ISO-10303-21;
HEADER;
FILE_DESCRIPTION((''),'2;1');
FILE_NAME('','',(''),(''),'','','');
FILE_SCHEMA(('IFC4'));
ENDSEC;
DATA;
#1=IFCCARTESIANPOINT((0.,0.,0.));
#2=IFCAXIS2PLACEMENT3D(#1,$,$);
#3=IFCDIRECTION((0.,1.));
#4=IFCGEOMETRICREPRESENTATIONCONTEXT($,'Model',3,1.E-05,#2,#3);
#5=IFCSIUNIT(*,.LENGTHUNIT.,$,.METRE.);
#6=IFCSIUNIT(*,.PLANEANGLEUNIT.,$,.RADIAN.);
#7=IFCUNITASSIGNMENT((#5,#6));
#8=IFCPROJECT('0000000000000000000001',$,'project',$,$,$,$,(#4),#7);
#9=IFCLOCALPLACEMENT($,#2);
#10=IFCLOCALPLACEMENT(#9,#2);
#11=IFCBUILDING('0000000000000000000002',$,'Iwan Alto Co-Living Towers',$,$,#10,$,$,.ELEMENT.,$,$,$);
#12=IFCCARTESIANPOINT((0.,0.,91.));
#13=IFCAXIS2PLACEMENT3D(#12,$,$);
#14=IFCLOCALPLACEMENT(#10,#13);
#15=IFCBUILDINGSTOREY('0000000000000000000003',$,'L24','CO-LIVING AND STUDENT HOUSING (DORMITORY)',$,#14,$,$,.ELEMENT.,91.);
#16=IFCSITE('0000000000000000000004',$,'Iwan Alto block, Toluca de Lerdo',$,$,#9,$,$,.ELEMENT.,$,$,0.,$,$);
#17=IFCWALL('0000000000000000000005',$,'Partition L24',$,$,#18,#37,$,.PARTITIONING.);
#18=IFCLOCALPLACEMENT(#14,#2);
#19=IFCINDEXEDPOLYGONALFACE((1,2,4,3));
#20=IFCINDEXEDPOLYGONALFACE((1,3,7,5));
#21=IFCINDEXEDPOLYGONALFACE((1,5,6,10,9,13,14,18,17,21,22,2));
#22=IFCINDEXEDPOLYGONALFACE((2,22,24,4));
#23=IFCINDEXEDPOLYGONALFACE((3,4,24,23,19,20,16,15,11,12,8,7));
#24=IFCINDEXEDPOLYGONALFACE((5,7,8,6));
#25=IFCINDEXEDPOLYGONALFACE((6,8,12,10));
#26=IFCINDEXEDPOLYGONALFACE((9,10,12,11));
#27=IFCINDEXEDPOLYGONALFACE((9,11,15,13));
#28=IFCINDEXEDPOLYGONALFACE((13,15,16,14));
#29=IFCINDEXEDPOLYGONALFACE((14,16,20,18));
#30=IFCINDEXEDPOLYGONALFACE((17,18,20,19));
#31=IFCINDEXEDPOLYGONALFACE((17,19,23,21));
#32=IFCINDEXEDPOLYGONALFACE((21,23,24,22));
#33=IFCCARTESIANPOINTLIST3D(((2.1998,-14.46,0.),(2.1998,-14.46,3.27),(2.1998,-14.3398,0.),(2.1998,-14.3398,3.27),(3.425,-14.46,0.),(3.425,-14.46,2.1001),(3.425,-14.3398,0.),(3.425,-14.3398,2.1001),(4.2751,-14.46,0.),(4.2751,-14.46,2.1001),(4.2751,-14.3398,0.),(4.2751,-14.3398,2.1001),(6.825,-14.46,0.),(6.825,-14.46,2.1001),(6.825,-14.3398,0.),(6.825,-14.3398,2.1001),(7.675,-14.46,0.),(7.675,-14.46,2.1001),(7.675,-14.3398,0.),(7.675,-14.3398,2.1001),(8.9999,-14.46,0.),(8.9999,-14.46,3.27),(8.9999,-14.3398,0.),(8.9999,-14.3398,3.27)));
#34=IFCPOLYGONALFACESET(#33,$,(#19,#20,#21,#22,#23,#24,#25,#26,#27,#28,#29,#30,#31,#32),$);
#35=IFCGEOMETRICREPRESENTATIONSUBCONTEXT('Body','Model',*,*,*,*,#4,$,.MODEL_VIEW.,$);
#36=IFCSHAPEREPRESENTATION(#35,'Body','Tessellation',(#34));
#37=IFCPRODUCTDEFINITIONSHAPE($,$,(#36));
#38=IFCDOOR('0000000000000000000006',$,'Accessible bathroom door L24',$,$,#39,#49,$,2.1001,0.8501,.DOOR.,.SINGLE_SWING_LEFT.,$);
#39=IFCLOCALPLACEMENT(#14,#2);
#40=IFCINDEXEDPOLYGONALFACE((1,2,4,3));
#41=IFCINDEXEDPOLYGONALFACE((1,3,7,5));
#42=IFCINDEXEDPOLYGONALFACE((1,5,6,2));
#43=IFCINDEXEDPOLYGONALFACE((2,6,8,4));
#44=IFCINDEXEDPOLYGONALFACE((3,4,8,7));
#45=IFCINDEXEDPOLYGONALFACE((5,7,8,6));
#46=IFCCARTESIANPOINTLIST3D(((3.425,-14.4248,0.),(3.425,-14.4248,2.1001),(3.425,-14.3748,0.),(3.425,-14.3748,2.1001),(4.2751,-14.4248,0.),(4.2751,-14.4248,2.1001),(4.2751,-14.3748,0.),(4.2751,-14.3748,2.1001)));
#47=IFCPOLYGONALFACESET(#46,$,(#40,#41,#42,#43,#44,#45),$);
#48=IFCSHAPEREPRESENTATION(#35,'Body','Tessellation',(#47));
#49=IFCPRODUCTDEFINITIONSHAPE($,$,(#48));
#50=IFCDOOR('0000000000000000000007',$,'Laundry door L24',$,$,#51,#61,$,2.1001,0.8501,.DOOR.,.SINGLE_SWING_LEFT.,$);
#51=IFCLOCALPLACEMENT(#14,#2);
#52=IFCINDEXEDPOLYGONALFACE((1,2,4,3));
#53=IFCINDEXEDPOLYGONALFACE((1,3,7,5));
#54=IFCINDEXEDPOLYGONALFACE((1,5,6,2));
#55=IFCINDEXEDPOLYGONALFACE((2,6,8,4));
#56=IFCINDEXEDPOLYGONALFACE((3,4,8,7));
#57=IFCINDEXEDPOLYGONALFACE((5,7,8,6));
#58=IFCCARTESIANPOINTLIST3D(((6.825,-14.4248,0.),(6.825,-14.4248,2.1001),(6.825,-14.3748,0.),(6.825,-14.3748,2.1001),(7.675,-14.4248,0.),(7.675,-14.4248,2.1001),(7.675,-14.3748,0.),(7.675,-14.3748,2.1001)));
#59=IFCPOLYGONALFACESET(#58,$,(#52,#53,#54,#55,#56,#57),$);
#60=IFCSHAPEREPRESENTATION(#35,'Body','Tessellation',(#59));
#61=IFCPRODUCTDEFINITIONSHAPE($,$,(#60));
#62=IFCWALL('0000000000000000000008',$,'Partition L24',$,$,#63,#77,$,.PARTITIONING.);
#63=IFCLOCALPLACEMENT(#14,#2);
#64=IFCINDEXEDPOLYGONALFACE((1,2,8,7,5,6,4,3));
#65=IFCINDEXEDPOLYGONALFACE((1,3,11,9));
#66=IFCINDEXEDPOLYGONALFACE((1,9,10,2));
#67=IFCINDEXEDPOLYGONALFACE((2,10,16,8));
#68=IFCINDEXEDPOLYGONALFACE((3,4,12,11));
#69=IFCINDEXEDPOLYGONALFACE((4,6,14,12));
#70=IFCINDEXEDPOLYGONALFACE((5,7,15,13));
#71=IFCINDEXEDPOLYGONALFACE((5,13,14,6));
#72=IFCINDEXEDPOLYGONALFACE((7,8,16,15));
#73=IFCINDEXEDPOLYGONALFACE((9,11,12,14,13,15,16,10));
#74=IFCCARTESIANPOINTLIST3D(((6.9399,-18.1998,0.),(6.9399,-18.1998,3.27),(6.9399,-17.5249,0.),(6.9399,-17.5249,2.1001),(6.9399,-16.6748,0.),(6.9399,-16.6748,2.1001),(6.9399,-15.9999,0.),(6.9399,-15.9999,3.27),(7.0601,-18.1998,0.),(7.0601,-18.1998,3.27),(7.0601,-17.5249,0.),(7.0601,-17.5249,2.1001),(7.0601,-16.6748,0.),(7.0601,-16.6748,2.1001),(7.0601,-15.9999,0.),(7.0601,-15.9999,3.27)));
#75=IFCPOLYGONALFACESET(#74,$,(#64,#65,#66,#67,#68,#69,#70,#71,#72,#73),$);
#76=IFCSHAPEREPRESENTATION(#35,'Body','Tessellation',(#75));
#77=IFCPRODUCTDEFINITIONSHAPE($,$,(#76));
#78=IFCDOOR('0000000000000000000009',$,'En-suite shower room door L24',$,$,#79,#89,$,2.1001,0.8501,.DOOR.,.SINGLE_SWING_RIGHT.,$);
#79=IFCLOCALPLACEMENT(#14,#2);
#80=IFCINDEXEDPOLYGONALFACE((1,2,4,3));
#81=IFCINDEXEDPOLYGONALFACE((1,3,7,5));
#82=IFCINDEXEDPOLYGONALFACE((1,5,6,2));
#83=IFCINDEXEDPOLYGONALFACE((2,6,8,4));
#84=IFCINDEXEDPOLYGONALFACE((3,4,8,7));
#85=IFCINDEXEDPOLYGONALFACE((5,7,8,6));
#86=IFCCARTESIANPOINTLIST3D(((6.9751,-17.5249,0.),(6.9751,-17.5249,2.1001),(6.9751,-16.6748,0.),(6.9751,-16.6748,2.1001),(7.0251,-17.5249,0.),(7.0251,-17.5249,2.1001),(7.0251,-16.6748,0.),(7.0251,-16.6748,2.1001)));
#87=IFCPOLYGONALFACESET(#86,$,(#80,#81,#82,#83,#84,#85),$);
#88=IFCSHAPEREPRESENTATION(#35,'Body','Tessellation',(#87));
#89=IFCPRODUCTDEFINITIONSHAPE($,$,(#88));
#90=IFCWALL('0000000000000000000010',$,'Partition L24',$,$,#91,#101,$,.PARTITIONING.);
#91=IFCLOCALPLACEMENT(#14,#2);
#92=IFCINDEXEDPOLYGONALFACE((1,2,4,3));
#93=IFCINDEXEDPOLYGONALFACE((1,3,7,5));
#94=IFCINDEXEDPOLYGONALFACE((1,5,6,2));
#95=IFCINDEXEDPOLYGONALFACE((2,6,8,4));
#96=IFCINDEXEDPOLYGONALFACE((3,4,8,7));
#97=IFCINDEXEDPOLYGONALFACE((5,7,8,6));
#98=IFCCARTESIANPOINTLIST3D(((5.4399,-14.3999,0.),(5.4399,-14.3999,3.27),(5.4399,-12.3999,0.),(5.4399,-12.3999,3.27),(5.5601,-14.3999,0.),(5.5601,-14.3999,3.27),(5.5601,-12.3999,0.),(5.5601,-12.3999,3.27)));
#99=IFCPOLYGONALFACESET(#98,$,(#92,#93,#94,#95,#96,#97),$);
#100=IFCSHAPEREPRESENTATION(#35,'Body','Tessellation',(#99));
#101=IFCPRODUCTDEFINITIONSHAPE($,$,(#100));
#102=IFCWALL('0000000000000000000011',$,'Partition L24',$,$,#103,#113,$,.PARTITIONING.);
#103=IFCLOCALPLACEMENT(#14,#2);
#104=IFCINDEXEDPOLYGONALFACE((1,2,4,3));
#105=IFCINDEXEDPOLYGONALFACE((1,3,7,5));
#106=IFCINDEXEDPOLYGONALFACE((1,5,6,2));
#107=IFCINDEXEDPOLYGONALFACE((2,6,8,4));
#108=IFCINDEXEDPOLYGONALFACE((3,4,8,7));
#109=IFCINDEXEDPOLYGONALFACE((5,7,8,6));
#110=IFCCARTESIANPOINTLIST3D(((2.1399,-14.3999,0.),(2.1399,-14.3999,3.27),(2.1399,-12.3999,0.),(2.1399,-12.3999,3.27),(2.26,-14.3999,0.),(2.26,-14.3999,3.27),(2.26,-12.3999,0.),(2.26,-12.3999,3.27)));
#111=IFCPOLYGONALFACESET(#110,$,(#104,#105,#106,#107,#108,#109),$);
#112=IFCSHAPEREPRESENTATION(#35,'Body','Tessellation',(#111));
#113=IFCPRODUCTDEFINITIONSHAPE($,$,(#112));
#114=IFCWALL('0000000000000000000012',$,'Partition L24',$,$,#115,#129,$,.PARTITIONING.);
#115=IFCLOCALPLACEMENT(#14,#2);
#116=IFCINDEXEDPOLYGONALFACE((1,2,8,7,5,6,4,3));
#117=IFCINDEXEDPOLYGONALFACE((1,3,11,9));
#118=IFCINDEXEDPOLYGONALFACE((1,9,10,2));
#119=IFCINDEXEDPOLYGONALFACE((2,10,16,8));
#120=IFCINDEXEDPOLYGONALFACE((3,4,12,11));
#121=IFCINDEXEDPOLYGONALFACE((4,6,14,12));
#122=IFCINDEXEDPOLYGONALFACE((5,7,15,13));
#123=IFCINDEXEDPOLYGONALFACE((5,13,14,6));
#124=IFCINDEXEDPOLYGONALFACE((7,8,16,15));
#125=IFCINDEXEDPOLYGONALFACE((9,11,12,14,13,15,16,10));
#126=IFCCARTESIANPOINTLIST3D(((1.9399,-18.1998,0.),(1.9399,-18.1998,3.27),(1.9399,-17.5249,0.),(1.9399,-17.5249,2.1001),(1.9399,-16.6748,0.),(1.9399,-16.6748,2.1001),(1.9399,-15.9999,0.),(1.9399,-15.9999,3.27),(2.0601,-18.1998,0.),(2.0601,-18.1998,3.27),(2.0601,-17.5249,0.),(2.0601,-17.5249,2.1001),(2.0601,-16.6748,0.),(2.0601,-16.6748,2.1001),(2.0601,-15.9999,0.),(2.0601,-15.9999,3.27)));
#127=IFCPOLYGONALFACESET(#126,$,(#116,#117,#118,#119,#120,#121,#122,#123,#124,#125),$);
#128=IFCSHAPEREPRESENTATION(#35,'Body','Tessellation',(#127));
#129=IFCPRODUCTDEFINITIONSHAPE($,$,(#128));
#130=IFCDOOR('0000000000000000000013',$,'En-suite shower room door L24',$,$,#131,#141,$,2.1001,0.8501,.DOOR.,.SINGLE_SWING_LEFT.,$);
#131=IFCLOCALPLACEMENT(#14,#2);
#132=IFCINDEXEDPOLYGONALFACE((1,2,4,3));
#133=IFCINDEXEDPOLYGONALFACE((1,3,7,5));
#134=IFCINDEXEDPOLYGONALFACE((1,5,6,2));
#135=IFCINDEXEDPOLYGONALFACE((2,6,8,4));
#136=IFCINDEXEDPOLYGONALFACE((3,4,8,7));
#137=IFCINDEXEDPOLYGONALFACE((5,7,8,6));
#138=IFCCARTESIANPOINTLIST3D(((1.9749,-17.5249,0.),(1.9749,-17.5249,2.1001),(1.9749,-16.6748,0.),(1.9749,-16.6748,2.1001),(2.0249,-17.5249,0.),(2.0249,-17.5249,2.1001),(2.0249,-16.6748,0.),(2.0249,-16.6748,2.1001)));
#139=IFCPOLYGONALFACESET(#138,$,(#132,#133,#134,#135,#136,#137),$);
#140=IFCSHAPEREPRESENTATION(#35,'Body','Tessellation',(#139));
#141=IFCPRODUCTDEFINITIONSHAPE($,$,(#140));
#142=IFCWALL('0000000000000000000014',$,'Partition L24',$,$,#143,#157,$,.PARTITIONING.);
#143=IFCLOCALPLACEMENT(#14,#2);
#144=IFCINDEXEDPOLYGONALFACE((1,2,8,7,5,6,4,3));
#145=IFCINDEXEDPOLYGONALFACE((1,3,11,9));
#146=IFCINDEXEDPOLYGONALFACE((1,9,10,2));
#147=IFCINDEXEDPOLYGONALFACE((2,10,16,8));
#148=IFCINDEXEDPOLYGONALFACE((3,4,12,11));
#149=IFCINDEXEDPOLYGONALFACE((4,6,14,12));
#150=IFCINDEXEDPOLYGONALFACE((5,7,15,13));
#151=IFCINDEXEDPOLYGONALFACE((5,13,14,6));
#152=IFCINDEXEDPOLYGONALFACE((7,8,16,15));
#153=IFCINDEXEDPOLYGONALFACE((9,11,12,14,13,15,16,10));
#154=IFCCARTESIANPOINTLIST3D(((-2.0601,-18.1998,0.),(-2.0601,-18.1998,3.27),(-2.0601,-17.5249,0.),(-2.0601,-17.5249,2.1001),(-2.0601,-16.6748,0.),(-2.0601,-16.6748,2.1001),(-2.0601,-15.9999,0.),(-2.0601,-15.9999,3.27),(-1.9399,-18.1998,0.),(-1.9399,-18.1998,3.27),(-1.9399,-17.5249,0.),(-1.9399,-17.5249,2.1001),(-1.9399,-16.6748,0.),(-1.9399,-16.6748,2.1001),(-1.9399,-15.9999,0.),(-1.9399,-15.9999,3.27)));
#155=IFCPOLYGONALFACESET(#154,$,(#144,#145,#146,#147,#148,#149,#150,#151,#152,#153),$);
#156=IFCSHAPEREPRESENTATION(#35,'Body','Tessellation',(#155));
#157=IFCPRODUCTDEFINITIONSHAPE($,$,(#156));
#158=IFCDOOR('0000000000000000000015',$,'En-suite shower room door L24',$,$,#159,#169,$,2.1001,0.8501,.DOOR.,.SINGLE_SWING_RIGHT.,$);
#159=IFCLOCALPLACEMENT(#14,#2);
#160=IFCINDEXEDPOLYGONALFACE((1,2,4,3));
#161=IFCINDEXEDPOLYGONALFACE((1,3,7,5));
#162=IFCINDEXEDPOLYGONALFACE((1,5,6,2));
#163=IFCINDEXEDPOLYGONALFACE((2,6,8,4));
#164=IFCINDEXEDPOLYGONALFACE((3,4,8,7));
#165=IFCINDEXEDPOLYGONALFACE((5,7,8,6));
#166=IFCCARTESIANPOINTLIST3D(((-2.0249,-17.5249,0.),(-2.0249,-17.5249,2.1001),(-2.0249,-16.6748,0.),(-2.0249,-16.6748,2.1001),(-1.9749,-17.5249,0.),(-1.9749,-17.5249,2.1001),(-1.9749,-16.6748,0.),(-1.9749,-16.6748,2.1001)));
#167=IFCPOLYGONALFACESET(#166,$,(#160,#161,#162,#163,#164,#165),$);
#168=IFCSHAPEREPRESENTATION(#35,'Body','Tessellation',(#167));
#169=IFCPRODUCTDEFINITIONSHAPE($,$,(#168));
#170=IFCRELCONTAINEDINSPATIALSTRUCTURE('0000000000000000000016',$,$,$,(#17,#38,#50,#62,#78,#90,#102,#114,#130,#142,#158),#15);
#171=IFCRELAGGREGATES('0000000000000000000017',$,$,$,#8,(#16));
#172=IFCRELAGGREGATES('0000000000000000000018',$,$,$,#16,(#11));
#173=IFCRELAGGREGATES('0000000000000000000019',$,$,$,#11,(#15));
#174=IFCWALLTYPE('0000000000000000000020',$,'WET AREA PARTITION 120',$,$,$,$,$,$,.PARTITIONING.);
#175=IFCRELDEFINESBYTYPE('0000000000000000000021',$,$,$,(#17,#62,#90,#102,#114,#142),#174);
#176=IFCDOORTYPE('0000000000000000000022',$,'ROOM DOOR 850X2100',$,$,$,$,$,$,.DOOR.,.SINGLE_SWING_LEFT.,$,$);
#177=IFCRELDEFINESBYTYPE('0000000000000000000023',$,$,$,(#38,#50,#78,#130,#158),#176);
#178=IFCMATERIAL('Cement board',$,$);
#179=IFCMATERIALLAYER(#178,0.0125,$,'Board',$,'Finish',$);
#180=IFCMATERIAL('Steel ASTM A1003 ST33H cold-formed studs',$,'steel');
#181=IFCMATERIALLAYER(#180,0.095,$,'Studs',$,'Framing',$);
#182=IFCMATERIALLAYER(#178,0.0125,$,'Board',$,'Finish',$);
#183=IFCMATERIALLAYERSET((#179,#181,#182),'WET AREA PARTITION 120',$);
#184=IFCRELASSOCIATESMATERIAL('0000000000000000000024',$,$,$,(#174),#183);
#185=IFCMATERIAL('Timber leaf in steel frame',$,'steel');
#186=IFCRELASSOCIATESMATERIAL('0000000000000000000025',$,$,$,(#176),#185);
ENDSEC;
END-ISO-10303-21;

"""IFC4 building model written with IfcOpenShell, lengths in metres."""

from ifc_helpers import new_model, si_unit, direction, frame, frame_2d, origin, place, context, subcontext, project, spatial, rectangle, extrude, material, layer, layer_set, type_object, element, fill, save


model = new_model("IFC4")

# Units and contexts
model_context = context("Model", 3, precision=1e-05, world=origin(), true_north=direction((0.0, 1.0)))
body_context = subcontext(model_context, "Body", "Model", "MODEL_VIEW")
ifc_project = project(units=[si_unit("LENGTHUNIT", "METRE"), si_unit("PLANEANGLEUNIT", "RADIAN")], contexts=[model_context])

# Site, building, storey
site_placement = place(None, origin())
site = spatial("IfcSite", under=ifc_project, at=site_placement, Name="Iwan Alto block, Toluca de Lerdo", CompositionType="ELEMENT", RefElevation=0.0)
building_placement = place(site_placement, origin())
building = spatial("IfcBuilding", under=site, at=building_placement, Name="Iwan Alto Co-Living Towers", CompositionType="ELEMENT")
storey_placement = place(building_placement, frame((0.0, 0.0, 91.0)))
storey = spatial("IfcBuildingStorey", under=building, at=storey_placement, Name="L24", Description="CO-LIVING AND STUDENT HOUSING (DORMITORY)", CompositionType="ELEMENT", Elevation=91.0)

# Shared definitions
ifc_material_1 = material(Name="Steel ASTM A1003 ST33H cold-formed studs", Category="steel")

# Shared definitions
ifc_material_2 = material(Name="Cement board")
ifc_layer_1 = layer(ifc_material_2, 0.0125, Name="Board", Category="Finish")
ifc_layer_2 = layer(ifc_material_1, 0.095, Name="Studs", Category="Framing")
ifc_layer_3 = layer(ifc_material_2, 0.0125, Name="Board", Category="Finish")
ifc_layer_set_1 = layer_set([ifc_layer_1, ifc_layer_2, ifc_layer_3], Name="WET AREA PARTITION 120")
wall_type_1 = type_object("IfcWallType", Name="WET AREA PARTITION 120", PredefinedType="PARTITIONING", material=ifc_layer_set_1)

# Wall, openings, doors
wall_1_placement = place(storey_placement, frame((2.2, -14.3999, 0.0), z_axis=(0.0, 0.0, 1.0), x_axis=(1.0, 0.0, 0.0)))
wall_1 = element("IfcWall", 1, at=wall_1_placement, inside=storey, type_object=wall_type_1, Name="Partition L24", PredefinedType="PARTITIONING", context=body_context, shape_type="SweptSolid", body=[
    extrude(rectangle(XDim=6.8, YDim=0.1201, at=frame_2d((3.3999, 0.0))), origin(), (0.0, 0.0, 1.0), 3.27),
])
opening_1_placement = place(wall_1_placement, frame((1.2251, 0.0, 0.0)))
opening_1 = element("IfcOpeningElement", 2, at=opening_1_placement, cuts=wall_1, PredefinedType="OPENING", context=body_context, shape_type="SweptSolid", body=[
    extrude(rectangle(XDim=0.8501, YDim=2.1001, at=frame_2d((0.425, 1.05))), frame((0.0, 0.0701, 0.0), z_axis=(0.0, -1.0, 0.0), x_axis=(1.0, 0.0, 0.0)), (0.0, 0.0, 1.0), 0.1401),
])
opening_2_placement = place(wall_1_placement, frame((4.625, 0.0, 0.0)))
opening_2 = element("IfcOpeningElement", 3, at=opening_2_placement, cuts=wall_1, PredefinedType="OPENING", context=body_context, shape_type="SweptSolid", body=[
    extrude(rectangle(XDim=0.8501, YDim=2.1001, at=frame_2d((0.425, 1.05))), frame((0.0, 0.0701, 0.0), z_axis=(0.0, -1.0, 0.0), x_axis=(1.0, 0.0, 0.0)), (0.0, 0.0, 1.0), 0.1401),
])
ifc_material_3 = material(Name="Timber leaf in steel frame", Category="steel")
door_type_1 = type_object("IfcDoorType", Name="ROOM DOOR 850X2100", OperationType="SINGLE_SWING_LEFT", PredefinedType="DOOR", material=ifc_material_3)
door_1_placement = place(opening_1_placement, frame((0.8501, 0.0, 0.0), z_axis=(0.0, 0.0, 1.0), x_axis=(-1.0, 0.0, 0.0)))
door_1 = element("IfcDoor", 4, at=door_1_placement, inside=storey, type_object=door_type_1, Name="Accessible bathroom door L24", OperationType="SINGLE_SWING_LEFT", OverallHeight=2.1001, OverallWidth=0.8501, PredefinedType="DOOR", context=body_context, shape_type="SweptSolid", body=[
    extrude(rectangle(XDim=0.8501, YDim=2.1001, at=frame_2d((0.425, 1.05))), frame((0.0, 0.0249, 0.0), z_axis=(0.0, -1.0, 0.0), x_axis=(1.0, 0.0, 0.0)), (0.0, 0.0, 1.0), 0.05),
])
fill(opening_1, door_1)
door_2_placement = place(opening_2_placement, frame((0.8501, 0.0, 0.0), z_axis=(0.0, 0.0, 1.0), x_axis=(-1.0, 0.0, 0.0)))
door_2 = element("IfcDoor", 5, at=door_2_placement, inside=storey, type_object=door_type_1, Name="Laundry door L24", OperationType="SINGLE_SWING_LEFT", OverallHeight=2.1001, OverallWidth=0.8501, PredefinedType="DOOR", context=body_context, shape_type="SweptSolid", body=[
    extrude(rectangle(XDim=0.8501, YDim=2.1001, at=frame_2d((0.425, 1.05))), frame((0.0, 0.0249, 0.0), z_axis=(0.0, -1.0, 0.0), x_axis=(1.0, 0.0, 0.0)), (0.0, 0.0, 1.0), 0.05),
])
fill(opening_2, door_2)

# Wall, opening, door
wall_2_placement = place(storey_placement, frame((7.0, -18.2, 0.0), z_axis=(0.0, 0.0, 1.0), x_axis=(0.0, 1.0, 0.0)))
wall_2 = element("IfcWall", 6, at=wall_2_placement, inside=storey, type_object=wall_type_1, Name="Partition L24", PredefinedType="PARTITIONING", context=body_context, shape_type="SweptSolid", body=[
    extrude(rectangle(XDim=2.2, YDim=0.1201, at=frame_2d((1.1001, 0.0))), origin(), (0.0, 0.0, 1.0), 3.27),
])
opening_3_placement = place(wall_2_placement, frame((0.675, 0.0, 0.0)))
opening_3 = element("IfcOpeningElement", 7, at=opening_3_placement, cuts=wall_2, PredefinedType="OPENING", context=body_context, shape_type="SweptSolid", body=[
    extrude(rectangle(XDim=0.8501, YDim=2.1001, at=frame_2d((0.425, 1.05))), frame((0.0, 0.0701, 0.0), z_axis=(0.0, -1.0, 0.0), x_axis=(1.0, 0.0, 0.0)), (0.0, 0.0, 1.0), 0.1401),
])
door_3_placement = place(opening_3_placement, origin())
door_3 = element("IfcDoor", 8, at=door_3_placement, inside=storey, type_object=door_type_1, Name="En-suite shower room door L24", OperationType="SINGLE_SWING_RIGHT", OverallHeight=2.1001, OverallWidth=0.8501, PredefinedType="DOOR", context=body_context, shape_type="SweptSolid", body=[
    extrude(rectangle(XDim=0.8501, YDim=2.1001, at=frame_2d((0.425, 1.05))), frame((0.0, 0.0249, 0.0), z_axis=(0.0, -1.0, 0.0), x_axis=(1.0, 0.0, 0.0)), (0.0, 0.0, 1.0), 0.05),
])
fill(opening_3, door_3)

# Walls
for number, where, z_axis, x_axis, name in (
    (9, (5.5, -14.3999, 0.0), (0.0, 0.0, 1.0), (0.0, 1.0, 0.0), "Partition L24"),
    (10, (2.2, -14.3999, 0.0), (0.0, 0.0, 1.0), (0.0, 1.0, 0.0), "Partition L24"),
):
    element("IfcWall", number, at=place(storey_placement, frame(where, z_axis=z_axis, x_axis=x_axis)), inside=storey, type_object=wall_type_1, Name=name, PredefinedType="PARTITIONING", context=body_context, shape_type="SweptSolid", body=[
        extrude(rectangle(XDim=2.0, YDim=0.1201, at=frame_2d((1.0, 0.0))), origin(), (0.0, 0.0, 1.0), 3.27),
    ])

# Walls, openings, doors
wall_3_placement = place(storey_placement, frame((2.0, -18.2, 0.0), z_axis=(0.0, 0.0, 1.0), x_axis=(0.0, 1.0, 0.0)))
wall_3 = element("IfcWall", 11, at=wall_3_placement, inside=storey, type_object=wall_type_1, Name="Partition L24", PredefinedType="PARTITIONING", context=body_context, shape_type="SweptSolid", body=[
    extrude(rectangle(XDim=2.2, YDim=0.1201, at=frame_2d((1.1001, 0.0))), origin(), (0.0, 0.0, 1.0), 3.27),
])
opening_4_placement = place(wall_3_placement, frame((0.675, 0.0, 0.0)))
opening_4 = element("IfcOpeningElement", 12, at=opening_4_placement, cuts=wall_3, PredefinedType="OPENING", context=body_context, shape_type="SweptSolid", body=[
    extrude(rectangle(XDim=0.8501, YDim=2.1001, at=frame_2d((0.425, 1.05))), frame((0.0, 0.0701, 0.0), z_axis=(0.0, -1.0, 0.0), x_axis=(1.0, 0.0, 0.0)), (0.0, 0.0, 1.0), 0.1401),
])
door_4_placement = place(opening_4_placement, frame((0.8501, 0.0, 0.0), z_axis=(0.0, 0.0, 1.0), x_axis=(-1.0, 0.0, 0.0)))
door_4 = element("IfcDoor", 13, at=door_4_placement, inside=storey, type_object=door_type_1, Name="En-suite shower room door L24", OperationType="SINGLE_SWING_LEFT", OverallHeight=2.1001, OverallWidth=0.8501, PredefinedType="DOOR", context=body_context, shape_type="SweptSolid", body=[
    extrude(rectangle(XDim=0.8501, YDim=2.1001, at=frame_2d((0.425, 1.05))), frame((0.0, 0.0249, 0.0), z_axis=(0.0, -1.0, 0.0), x_axis=(1.0, 0.0, 0.0)), (0.0, 0.0, 1.0), 0.05),
])
fill(opening_4, door_4)
wall_4_placement = place(storey_placement, frame((-2.0, -18.2, 0.0), z_axis=(0.0, 0.0, 1.0), x_axis=(0.0, 1.0, 0.0)))
wall_4 = element("IfcWall", 14, at=wall_4_placement, inside=storey, type_object=wall_type_1, Name="Partition L24", PredefinedType="PARTITIONING", context=body_context, shape_type="SweptSolid", body=[
    extrude(rectangle(XDim=2.2, YDim=0.1201, at=frame_2d((1.1001, 0.0))), origin(), (0.0, 0.0, 1.0), 3.27),
])
opening_5_placement = place(wall_4_placement, frame((0.675, 0.0, 0.0)))
opening_5 = element("IfcOpeningElement", 15, at=opening_5_placement, cuts=wall_4, PredefinedType="OPENING", context=body_context, shape_type="SweptSolid", body=[
    extrude(rectangle(XDim=0.8501, YDim=2.1001, at=frame_2d((0.425, 1.05))), frame((0.0, 0.0701, 0.0), z_axis=(0.0, -1.0, 0.0), x_axis=(1.0, 0.0, 0.0)), (0.0, 0.0, 1.0), 0.1401),
])
door_5_placement = place(opening_5_placement, origin())
door_5 = element("IfcDoor", 16, at=door_5_placement, inside=storey, type_object=door_type_1, Name="En-suite shower room door L24", OperationType="SINGLE_SWING_RIGHT", OverallHeight=2.1001, OverallWidth=0.8501, PredefinedType="DOOR", context=body_context, shape_type="SweptSolid", body=[
    extrude(rectangle(XDim=0.8501, YDim=2.1001, at=frame_2d((0.425, 1.05))), frame((0.0, 0.0249, 0.0), z_axis=(0.0, -1.0, 0.0), x_axis=(1.0, 0.0, 0.0)), (0.0, 0.0, 1.0), 0.05),
])
fill(opening_5, door_5)

save(model, "model.ifc")
